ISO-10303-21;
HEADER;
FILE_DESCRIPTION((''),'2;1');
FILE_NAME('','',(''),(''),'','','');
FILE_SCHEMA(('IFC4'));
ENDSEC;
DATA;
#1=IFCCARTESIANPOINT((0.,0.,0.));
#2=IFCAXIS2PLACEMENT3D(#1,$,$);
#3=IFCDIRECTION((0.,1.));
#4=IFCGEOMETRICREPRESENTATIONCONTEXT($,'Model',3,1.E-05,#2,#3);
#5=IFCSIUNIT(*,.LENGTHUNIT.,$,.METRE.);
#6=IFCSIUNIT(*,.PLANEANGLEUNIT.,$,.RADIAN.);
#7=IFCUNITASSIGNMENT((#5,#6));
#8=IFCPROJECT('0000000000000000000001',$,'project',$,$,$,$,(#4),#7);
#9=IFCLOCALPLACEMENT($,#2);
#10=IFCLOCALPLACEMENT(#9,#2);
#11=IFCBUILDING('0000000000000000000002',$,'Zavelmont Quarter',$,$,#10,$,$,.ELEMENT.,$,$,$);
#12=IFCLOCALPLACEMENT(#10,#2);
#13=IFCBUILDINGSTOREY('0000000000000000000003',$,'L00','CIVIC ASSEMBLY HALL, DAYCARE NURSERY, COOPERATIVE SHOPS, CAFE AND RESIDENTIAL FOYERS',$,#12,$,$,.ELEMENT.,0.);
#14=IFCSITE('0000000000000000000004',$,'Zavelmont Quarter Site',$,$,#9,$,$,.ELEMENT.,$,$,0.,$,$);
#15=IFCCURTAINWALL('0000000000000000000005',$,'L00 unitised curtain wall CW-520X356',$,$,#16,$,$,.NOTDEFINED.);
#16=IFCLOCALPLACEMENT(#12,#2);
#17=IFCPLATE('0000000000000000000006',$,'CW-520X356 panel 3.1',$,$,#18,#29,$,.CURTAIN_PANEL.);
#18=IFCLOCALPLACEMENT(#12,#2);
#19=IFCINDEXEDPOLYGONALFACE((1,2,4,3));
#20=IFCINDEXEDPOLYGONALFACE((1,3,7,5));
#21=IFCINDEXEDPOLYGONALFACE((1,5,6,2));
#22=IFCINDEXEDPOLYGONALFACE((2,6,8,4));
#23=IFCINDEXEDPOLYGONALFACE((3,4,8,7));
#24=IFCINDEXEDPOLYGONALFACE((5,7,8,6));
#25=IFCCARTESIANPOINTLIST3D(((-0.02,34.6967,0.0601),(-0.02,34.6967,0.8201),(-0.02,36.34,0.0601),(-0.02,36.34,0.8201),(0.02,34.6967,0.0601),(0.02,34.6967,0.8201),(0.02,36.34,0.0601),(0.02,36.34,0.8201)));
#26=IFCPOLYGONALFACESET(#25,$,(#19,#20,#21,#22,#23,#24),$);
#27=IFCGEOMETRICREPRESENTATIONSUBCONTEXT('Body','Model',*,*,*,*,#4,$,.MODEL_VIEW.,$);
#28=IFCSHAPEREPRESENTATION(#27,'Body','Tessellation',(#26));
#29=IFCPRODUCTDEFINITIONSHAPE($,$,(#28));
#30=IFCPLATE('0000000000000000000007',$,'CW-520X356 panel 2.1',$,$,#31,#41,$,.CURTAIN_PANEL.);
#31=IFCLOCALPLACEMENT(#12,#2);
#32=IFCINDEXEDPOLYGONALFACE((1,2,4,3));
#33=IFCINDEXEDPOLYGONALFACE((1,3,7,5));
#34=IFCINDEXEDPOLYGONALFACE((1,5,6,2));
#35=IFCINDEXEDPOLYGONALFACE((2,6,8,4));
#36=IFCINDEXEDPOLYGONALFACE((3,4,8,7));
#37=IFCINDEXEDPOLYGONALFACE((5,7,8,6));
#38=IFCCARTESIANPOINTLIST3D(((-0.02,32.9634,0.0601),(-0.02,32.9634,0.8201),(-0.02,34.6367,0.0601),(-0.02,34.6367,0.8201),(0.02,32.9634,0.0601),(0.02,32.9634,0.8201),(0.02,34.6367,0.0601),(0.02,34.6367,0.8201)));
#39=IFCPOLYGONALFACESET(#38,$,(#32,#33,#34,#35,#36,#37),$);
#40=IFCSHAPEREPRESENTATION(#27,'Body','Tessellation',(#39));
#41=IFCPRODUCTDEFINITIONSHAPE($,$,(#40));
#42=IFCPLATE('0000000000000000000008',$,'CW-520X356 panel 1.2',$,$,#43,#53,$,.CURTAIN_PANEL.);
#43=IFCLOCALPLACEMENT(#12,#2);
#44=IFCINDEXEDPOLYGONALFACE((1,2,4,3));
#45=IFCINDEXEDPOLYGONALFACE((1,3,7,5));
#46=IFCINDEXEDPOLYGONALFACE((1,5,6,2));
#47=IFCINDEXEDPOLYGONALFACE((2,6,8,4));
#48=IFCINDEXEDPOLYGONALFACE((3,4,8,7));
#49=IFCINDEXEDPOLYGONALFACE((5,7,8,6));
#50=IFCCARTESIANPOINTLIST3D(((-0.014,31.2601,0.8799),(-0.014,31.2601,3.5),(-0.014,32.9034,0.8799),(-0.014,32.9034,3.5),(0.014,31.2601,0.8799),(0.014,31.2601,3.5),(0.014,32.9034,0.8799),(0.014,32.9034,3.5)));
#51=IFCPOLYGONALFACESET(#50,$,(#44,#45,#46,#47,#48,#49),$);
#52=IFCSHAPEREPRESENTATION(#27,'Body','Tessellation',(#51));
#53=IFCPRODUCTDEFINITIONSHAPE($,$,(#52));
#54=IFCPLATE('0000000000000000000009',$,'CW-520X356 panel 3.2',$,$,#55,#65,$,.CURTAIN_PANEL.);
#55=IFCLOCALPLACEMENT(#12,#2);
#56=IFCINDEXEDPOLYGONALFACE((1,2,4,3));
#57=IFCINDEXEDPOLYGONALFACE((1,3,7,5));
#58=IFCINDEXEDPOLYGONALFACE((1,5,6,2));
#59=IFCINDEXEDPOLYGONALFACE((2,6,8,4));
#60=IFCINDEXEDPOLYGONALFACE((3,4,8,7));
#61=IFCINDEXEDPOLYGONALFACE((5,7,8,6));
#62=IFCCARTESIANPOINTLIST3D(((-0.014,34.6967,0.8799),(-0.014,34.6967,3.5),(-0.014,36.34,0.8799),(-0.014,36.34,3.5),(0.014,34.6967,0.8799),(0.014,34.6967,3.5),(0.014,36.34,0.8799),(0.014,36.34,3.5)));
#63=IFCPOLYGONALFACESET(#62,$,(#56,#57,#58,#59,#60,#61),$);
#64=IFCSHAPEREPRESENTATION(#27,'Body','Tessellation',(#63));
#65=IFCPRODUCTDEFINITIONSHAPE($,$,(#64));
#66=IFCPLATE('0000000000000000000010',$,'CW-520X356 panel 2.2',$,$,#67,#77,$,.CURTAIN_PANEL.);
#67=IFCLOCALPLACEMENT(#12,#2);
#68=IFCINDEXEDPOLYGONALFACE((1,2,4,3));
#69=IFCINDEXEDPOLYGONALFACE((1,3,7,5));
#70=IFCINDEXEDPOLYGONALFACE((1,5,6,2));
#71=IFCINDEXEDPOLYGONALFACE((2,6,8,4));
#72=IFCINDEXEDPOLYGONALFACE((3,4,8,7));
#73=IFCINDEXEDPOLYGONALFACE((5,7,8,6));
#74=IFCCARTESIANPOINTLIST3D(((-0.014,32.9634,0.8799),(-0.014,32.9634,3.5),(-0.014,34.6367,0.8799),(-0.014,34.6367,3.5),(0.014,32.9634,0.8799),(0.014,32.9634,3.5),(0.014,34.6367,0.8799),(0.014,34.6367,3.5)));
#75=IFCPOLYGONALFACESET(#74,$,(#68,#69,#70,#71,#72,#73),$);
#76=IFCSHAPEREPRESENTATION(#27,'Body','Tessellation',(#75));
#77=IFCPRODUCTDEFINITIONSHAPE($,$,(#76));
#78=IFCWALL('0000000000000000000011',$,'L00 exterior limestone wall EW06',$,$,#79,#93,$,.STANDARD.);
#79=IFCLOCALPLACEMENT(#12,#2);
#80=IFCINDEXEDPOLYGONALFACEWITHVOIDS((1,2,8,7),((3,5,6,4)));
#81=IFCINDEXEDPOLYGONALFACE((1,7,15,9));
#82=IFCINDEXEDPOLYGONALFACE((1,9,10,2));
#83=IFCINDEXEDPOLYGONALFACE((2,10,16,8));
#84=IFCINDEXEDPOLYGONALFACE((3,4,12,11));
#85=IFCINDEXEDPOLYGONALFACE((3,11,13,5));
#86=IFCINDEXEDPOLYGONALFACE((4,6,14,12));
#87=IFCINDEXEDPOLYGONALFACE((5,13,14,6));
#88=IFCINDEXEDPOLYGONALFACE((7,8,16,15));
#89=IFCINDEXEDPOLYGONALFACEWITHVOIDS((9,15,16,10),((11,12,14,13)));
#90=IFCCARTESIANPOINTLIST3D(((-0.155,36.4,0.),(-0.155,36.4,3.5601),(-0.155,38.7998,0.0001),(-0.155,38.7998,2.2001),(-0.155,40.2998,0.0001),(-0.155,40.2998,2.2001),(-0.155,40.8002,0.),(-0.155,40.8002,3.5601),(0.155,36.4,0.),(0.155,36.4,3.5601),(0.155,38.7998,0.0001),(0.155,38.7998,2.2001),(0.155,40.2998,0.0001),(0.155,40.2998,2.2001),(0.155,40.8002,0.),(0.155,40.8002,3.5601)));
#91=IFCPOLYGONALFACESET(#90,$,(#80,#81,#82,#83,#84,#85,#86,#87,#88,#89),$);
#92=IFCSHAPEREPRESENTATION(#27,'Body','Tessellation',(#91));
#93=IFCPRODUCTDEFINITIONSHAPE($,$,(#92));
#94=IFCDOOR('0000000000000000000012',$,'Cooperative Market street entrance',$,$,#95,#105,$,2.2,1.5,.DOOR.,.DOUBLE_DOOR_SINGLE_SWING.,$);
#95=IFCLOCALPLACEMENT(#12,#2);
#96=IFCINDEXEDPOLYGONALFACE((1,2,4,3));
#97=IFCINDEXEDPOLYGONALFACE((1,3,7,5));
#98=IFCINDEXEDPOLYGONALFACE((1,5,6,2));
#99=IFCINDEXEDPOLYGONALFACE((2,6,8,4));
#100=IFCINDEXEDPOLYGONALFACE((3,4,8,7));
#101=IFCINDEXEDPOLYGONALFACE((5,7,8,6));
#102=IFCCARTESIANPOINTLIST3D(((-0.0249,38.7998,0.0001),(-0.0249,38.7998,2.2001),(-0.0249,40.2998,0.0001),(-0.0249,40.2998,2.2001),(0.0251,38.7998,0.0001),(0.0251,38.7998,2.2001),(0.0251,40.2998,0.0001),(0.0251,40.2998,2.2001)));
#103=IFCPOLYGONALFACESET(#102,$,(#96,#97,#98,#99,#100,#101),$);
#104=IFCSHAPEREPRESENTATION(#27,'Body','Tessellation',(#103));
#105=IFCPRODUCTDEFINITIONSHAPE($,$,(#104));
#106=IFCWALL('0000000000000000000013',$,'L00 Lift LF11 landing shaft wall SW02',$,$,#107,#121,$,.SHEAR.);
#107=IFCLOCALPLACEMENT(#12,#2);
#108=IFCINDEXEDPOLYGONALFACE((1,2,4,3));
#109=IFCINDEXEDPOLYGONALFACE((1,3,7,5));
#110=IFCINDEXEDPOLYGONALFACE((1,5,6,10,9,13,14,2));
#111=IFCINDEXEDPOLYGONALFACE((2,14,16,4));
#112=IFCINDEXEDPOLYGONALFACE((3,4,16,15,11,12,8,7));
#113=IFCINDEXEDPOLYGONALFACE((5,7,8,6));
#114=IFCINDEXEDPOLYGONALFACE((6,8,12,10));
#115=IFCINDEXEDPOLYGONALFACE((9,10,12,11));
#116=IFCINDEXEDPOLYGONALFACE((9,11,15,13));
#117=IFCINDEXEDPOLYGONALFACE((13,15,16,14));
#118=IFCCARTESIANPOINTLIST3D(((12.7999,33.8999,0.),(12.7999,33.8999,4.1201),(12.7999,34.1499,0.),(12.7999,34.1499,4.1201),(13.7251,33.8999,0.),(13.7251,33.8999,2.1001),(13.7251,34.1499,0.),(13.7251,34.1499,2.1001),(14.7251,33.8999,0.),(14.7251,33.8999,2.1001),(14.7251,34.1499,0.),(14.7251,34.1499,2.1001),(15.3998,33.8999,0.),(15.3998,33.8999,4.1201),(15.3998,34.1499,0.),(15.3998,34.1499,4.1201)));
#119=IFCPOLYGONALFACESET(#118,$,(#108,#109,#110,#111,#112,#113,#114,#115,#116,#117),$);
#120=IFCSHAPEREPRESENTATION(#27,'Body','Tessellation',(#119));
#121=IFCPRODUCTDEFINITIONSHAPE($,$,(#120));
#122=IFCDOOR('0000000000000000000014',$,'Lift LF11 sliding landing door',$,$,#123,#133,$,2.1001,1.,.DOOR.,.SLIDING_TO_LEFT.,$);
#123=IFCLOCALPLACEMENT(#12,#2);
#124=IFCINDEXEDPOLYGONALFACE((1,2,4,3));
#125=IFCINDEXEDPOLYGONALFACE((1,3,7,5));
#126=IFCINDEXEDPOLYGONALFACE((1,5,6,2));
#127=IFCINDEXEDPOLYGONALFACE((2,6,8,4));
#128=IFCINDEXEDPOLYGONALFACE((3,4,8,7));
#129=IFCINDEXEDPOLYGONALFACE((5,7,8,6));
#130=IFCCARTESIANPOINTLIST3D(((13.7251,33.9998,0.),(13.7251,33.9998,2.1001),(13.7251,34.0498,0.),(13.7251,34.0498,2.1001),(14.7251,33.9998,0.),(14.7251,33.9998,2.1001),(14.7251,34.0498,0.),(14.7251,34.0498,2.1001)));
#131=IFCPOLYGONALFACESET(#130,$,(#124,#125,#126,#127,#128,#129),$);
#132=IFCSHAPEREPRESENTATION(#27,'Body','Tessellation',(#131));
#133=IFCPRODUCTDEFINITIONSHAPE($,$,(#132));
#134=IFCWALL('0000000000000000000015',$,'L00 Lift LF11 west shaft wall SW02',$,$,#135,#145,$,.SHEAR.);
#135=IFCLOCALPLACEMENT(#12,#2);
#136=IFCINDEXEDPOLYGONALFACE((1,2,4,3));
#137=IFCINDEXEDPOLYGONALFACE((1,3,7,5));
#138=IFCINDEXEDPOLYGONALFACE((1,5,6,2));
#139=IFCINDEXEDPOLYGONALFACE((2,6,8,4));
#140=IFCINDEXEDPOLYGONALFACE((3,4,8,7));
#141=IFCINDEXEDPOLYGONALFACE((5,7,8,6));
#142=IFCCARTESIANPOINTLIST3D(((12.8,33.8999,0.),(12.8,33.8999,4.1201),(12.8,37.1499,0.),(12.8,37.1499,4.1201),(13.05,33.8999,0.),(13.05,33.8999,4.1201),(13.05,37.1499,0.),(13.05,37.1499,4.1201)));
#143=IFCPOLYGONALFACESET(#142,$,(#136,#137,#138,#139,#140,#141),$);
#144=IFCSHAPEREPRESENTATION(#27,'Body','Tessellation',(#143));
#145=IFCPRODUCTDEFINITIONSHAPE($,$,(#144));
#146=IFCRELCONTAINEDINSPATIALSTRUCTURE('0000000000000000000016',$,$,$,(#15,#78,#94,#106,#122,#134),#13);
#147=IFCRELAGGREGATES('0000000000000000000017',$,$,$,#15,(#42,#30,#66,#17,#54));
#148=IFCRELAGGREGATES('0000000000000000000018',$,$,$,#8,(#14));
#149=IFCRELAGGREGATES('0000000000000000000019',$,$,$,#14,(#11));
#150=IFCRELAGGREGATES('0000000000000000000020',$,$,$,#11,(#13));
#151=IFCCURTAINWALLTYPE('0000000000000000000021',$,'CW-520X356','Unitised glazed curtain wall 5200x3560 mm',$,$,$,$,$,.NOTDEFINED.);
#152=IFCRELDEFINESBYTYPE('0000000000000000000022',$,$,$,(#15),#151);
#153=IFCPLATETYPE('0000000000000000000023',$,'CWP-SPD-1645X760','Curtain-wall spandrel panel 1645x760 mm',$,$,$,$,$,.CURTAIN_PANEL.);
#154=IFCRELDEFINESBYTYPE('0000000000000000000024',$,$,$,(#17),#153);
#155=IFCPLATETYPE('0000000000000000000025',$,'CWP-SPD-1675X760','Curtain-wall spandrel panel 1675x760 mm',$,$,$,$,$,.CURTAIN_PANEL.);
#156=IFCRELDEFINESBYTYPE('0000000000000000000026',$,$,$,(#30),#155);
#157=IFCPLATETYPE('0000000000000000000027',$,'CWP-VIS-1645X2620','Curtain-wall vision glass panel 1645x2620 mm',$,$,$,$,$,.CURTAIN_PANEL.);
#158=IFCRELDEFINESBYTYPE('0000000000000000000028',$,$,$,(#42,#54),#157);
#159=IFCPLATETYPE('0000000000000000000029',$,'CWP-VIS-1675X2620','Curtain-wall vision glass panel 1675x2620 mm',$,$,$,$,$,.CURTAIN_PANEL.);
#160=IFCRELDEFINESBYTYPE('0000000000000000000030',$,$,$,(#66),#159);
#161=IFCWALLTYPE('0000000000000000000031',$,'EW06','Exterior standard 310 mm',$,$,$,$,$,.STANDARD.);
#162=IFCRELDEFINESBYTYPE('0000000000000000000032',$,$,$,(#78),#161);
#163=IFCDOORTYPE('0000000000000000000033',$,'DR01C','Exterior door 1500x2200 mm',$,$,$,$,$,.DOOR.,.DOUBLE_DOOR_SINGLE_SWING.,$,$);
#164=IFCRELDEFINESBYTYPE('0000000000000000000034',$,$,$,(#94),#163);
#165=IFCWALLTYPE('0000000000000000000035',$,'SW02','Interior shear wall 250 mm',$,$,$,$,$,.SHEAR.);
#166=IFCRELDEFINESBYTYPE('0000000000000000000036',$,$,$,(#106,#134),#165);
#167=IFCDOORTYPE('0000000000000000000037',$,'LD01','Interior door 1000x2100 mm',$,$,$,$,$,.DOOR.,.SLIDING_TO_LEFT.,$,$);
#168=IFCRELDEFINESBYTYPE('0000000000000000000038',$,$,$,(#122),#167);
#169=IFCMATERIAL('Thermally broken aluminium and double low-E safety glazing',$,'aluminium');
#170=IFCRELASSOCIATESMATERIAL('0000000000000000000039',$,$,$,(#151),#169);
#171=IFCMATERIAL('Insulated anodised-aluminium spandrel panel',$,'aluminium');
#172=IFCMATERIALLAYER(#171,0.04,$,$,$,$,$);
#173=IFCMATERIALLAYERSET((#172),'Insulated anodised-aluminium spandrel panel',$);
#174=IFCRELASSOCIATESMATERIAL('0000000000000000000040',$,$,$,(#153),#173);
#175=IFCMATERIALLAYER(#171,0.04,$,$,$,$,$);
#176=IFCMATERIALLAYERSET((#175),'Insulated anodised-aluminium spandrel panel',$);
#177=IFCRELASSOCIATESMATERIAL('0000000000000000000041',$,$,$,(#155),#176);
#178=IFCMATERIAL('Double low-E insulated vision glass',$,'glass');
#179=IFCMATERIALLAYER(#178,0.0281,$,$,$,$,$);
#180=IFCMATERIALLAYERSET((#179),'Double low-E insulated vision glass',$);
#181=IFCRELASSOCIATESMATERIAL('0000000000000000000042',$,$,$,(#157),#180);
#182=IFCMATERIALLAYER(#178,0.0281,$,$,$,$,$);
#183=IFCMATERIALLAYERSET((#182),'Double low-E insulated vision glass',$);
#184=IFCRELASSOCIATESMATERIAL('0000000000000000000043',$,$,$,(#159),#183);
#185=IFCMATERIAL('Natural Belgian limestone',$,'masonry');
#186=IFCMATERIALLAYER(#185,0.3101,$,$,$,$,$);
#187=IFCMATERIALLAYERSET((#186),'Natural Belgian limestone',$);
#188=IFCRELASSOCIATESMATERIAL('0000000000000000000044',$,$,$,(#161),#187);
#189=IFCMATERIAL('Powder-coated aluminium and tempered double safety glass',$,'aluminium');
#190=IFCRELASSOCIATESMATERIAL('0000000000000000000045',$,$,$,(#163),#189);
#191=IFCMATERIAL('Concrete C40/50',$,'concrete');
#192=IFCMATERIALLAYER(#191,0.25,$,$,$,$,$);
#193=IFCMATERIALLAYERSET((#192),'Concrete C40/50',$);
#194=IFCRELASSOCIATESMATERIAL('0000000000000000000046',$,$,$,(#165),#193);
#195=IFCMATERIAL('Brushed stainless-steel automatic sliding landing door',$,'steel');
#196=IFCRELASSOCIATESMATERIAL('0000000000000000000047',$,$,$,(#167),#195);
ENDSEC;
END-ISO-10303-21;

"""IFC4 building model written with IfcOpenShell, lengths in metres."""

from ifc_helpers import new_model, si_unit, direction, frame, frame_2d, origin, origin_with_axes, origin_2d, place, context, subcontext, project, spatial, rectangle, extrude, material, layer, layer_set, type_object, element, fill, aggregate, save


model = new_model("IFC4")

# Units and contexts
model_context = context("Model", 3, precision=1e-05, world=origin(), true_north=direction((0.0, 1.0)))
body_context = subcontext(model_context, "Body", "Model", "MODEL_VIEW")
ifc_project = project(units=[si_unit("LENGTHUNIT", "METRE"), si_unit("PLANEANGLEUNIT", "RADIAN")], contexts=[model_context])

# Site, building, storey
site_placement = place(None, origin())
site = spatial("IfcSite", under=ifc_project, at=site_placement, Name="Zavelmont Quarter Site", CompositionType="ELEMENT", RefElevation=0.0)
building_placement = place(site_placement, origin())
building = spatial("IfcBuilding", under=site, at=building_placement, Name="Zavelmont Quarter", CompositionType="ELEMENT")
storey_placement = place(building_placement, origin())
storey = spatial("IfcBuildingStorey", under=building, at=storey_placement, Name="L00", Description="CIVIC ASSEMBLY HALL, DAYCARE NURSERY, COOPERATIVE SHOPS, CAFE AND RESIDENTIAL FOYERS", CompositionType="ELEMENT", Elevation=0.0)

# Curtain wall, plates
ifc_material_1 = material(Name="Thermally broken aluminium and double low-E safety glazing", Category="aluminium")
curtain_wall_type = type_object("IfcCurtainWallType", Name="CW-520X356", Description="Unitised glazed curtain wall 5200x3560 mm", PredefinedType="NOTDEFINED", material=ifc_material_1)
curtain_wall_placement = place(storey_placement, origin())
curtain_wall = element("IfcCurtainWall", 1, at=curtain_wall_placement, inside=storey, type_object=curtain_wall_type, Name="L00 unitised curtain wall CW-520X356", PredefinedType="NOTDEFINED")
ifc_material_2 = material(Name="Insulated anodised-aluminium spandrel panel", Category="aluminium")
ifc_layer_1 = layer(ifc_material_2, 0.04)
ifc_layer_set_1 = layer_set([ifc_layer_1], Name="Insulated anodised-aluminium spandrel panel")
plate_type_1 = type_object("IfcPlateType", Name="CWP-SPD-1645X760", Description="Curtain-wall spandrel panel 1645x760 mm", PredefinedType="CURTAIN_PANEL", material=ifc_layer_set_1)
plate_1_placement = place(storey_placement, frame((0.0, 35.5183, 0.0601), z_axis=(0.0, 0.0, 1.0), x_axis=(0.0, 1.0, 0.0)))
plate_1 = element("IfcPlate", 2, at=plate_1_placement, type_object=plate_type_1, Name="CW-520X356 panel 3.1", PredefinedType="CURTAIN_PANEL", context=body_context, shape_type="SweptSolid", body=[
    extrude(rectangle(XDim=1.6433, YDim=0.04, at=origin_2d()), origin(), (0.0, 0.0, 1.0), 0.76),
])
ifc_layer_2 = layer(ifc_material_2, 0.04)
ifc_layer_set_2 = layer_set([ifc_layer_2], Name="Insulated anodised-aluminium spandrel panel")
plate_type_2 = type_object("IfcPlateType", Name="CWP-SPD-1675X760", Description="Curtain-wall spandrel panel 1675x760 mm", PredefinedType="CURTAIN_PANEL", material=ifc_layer_set_2)
plate_2_placement = place(storey_placement, frame((0.0, 33.8, 0.0601), z_axis=(0.0, 0.0, 1.0), x_axis=(0.0, 1.0, 0.0)))
plate_2 = element("IfcPlate", 3, at=plate_2_placement, type_object=plate_type_2, Name="CW-520X356 panel 2.1", PredefinedType="CURTAIN_PANEL", context=body_context, shape_type="SweptSolid", body=[
    extrude(rectangle(XDim=1.6733, YDim=0.04, at=origin_2d()), origin(), (0.0, 0.0, 1.0), 0.76),
])
ifc_material_3 = material(Name="Double low-E insulated vision glass", Category="glass")
ifc_layer_3 = layer(ifc_material_3, 0.0281)
ifc_layer_set_3 = layer_set([ifc_layer_3], Name="Double low-E insulated vision glass")
plate_type_3 = type_object("IfcPlateType", Name="CWP-VIS-1645X2620", Description="Curtain-wall vision glass panel 1645x2620 mm", PredefinedType="CURTAIN_PANEL", material=ifc_layer_set_3)
plate_3_placement = place(storey_placement, frame((0.0, 32.0818, 0.8799), z_axis=(0.0, 0.0, 1.0), x_axis=(0.0, 1.0, 0.0)))
plate_3 = element("IfcPlate", 4, at=plate_3_placement, type_object=plate_type_3, Name="CW-520X356 panel 1.2", PredefinedType="CURTAIN_PANEL", context=body_context, shape_type="SweptSolid", body=[
    extrude(rectangle(XDim=1.6433, YDim=0.0281, at=origin_2d()), origin(), (0.0, 0.0, 1.0), 2.6201),
])
plate_4_placement = place(storey_placement, frame((0.0, 35.5183, 0.8799), z_axis=(0.0, 0.0, 1.0), x_axis=(0.0, 1.0, 0.0)))
plate_4 = element("IfcPlate", 5, at=plate_4_placement, type_object=plate_type_3, Name="CW-520X356 panel 3.2", PredefinedType="CURTAIN_PANEL", context=body_context, shape_type="SweptSolid", body=[
    extrude(rectangle(XDim=1.6433, YDim=0.0281, at=origin_2d()), origin(), (0.0, 0.0, 1.0), 2.6201),
])
ifc_layer_4 = layer(ifc_material_3, 0.0281)
ifc_layer_set_4 = layer_set([ifc_layer_4], Name="Double low-E insulated vision glass")
plate_type_4 = type_object("IfcPlateType", Name="CWP-VIS-1675X2620", Description="Curtain-wall vision glass panel 1675x2620 mm", PredefinedType="CURTAIN_PANEL", material=ifc_layer_set_4)
plate_5_placement = place(storey_placement, frame((0.0, 33.8, 0.8799), z_axis=(0.0, 0.0, 1.0), x_axis=(0.0, 1.0, 0.0)))
plate_5 = element("IfcPlate", 6, at=plate_5_placement, type_object=plate_type_4, Name="CW-520X356 panel 2.2", PredefinedType="CURTAIN_PANEL", context=body_context, shape_type="SweptSolid", body=[
    extrude(rectangle(XDim=1.6733, YDim=0.0281, at=origin_2d()), origin(), (0.0, 0.0, 1.0), 2.6201),
])
aggregate(curtain_wall, [plate_3, plate_2, plate_5, plate_1, plate_4])

# Walls, openings, doors
ifc_material_4 = material(Name="Natural Belgian limestone", Category="masonry")
ifc_layer_5 = layer(ifc_material_4, 0.3101)
ifc_layer_set_5 = layer_set([ifc_layer_5], Name="Natural Belgian limestone")
wall_type_1 = type_object("IfcWallType", Name="EW06", Description="Exterior standard 310 mm", PredefinedType="STANDARD", material=ifc_layer_set_5)
wall_1_placement = place(storey_placement, frame((0.0, 36.3999, 0.0), z_axis=(0.0, 0.0, 1.0), x_axis=(0.0, 1.0, 0.0)))
wall_1 = element("IfcWall", 7, at=wall_1_placement, inside=storey, type_object=wall_type_1, Name="L00 exterior limestone wall EW06", PredefinedType="STANDARD", context=body_context, shape_type="SweptSolid", body=[
    extrude(rectangle(XDim=4.4001, YDim=0.3101, at=frame_2d((2.2002, 0.0))), origin(), (0.0, 0.0, 1.0), 3.5601),
])
opening_1_placement = place(wall_1_placement, frame((2.3999, 0.0, 0.0)))
opening_1 = element("IfcOpeningElement", 8, at=opening_1_placement, cuts=wall_1, PredefinedType="OPENING", context=body_context, shape_type="SweptSolid", body=[
    extrude(rectangle(XDim=1.5, YDim=2.2, at=frame_2d((0.75, 1.1001))), frame((0.0, 0.167, 0.0), z_axis=(0.0, -1.0, 0.0), x_axis=(1.0, 0.0, 0.0)), (0.0, 0.0, 1.0), 0.334),
])
ifc_material_5 = material(Name="Powder-coated aluminium and tempered double safety glass", Category="aluminium")
door_type_1 = type_object("IfcDoorType", Name="DR01C", Description="Exterior door 1500x2200 mm", OperationType="DOUBLE_DOOR_SINGLE_SWING", PredefinedType="DOOR", material=ifc_material_5)
door_1_placement = place(opening_1_placement, origin_with_axes())
door_1 = element("IfcDoor", 9, at=door_1_placement, inside=storey, type_object=door_type_1, Name="Cooperative Market street entrance", OperationType="DOUBLE_DOOR_SINGLE_SWING", OverallHeight=2.2, OverallWidth=1.5, PredefinedType="DOOR", context=body_context, shape_type="SweptSolid", body=[
    extrude(rectangle(XDim=1.5, YDim=2.2, at=frame_2d((0.75, 1.1001))), frame((0.0, 0.0249, 0.0), z_axis=(0.0, -1.0, 0.0), x_axis=(1.0, 0.0, 0.0)), (0.0, 0.0, 1.0), 0.05),
])
fill(opening_1, door_1)
ifc_material_6 = material(Name="Concrete C40/50", Category="concrete")
ifc_layer_6 = layer(ifc_material_6, 0.25)
ifc_layer_set_6 = layer_set([ifc_layer_6], Name="Concrete C40/50")
wall_type_2 = type_object("IfcWallType", Name="SW02", Description="Interior shear wall 250 mm", PredefinedType="SHEAR", material=ifc_layer_set_6)
wall_2_placement = place(storey_placement, frame((12.8, 34.0249, 0.0), z_axis=(0.0, 0.0, 1.0), x_axis=(1.0, 0.0, 0.0)))
wall_2 = element("IfcWall", 10, at=wall_2_placement, inside=storey, type_object=wall_type_2, Name="L00 Lift LF11 landing shaft wall SW02", PredefinedType="SHEAR", context=body_context, shape_type="SweptSolid", body=[
    extrude(rectangle(XDim=2.5999, YDim=0.25, at=frame_2d((1.2998, 0.0))), origin(), (0.0, 0.0, 1.0), 4.1201),
])
opening_2_placement = place(wall_2_placement, frame((0.925, 0.0, 0.0)))
opening_2 = element("IfcOpeningElement", 11, at=opening_2_placement, cuts=wall_2, PredefinedType="OPENING", context=body_context, shape_type="SweptSolid", body=[
    extrude(rectangle(XDim=1.0, YDim=2.1001, at=frame_2d((0.5, 1.05))), frame((0.0, 0.137, 0.0), z_axis=(0.0, -1.0, 0.0), x_axis=(1.0, 0.0, 0.0)), (0.0, 0.0, 1.0), 0.2739),
])
ifc_material_7 = material(Name="Brushed stainless-steel automatic sliding landing door", Category="steel")
door_type_2 = type_object("IfcDoorType", Name="LD01", Description="Interior door 1000x2100 mm", OperationType="SLIDING_TO_LEFT", PredefinedType="DOOR", material=ifc_material_7)
door_2_placement = place(opening_2_placement, origin_with_axes())
door_2 = element("IfcDoor", 12, at=door_2_placement, inside=storey, type_object=door_type_2, Name="Lift LF11 sliding landing door", OperationType="SLIDING_TO_LEFT", OverallHeight=2.1001, OverallWidth=1.0, PredefinedType="DOOR", context=body_context, shape_type="SweptSolid", body=[
    extrude(rectangle(XDim=1.0, YDim=2.1001, at=frame_2d((0.5, 1.05))), frame((0.0, 0.0249, 0.0), z_axis=(0.0, -1.0, 0.0), x_axis=(1.0, 0.0, 0.0)), (0.0, 0.0, 1.0), 0.05),
])
fill(opening_2, door_2)

# Wall
wall_3_placement = place(storey_placement, frame((12.925, 33.8999, 0.0), z_axis=(0.0, 0.0, 1.0), x_axis=(0.0, 1.0, 0.0)))
element("IfcWall", 13, at=wall_3_placement, inside=storey, type_object=wall_type_2, Name="L00 Lift LF11 west shaft wall SW02", PredefinedType="SHEAR", context=body_context, shape_type="SweptSolid", body=[
    extrude(rectangle(XDim=3.25, YDim=0.25, at=frame_2d((1.625, 0.0))), origin(), (0.0, 0.0, 1.0), 4.1201),
])

save(model, "model.ifc")
